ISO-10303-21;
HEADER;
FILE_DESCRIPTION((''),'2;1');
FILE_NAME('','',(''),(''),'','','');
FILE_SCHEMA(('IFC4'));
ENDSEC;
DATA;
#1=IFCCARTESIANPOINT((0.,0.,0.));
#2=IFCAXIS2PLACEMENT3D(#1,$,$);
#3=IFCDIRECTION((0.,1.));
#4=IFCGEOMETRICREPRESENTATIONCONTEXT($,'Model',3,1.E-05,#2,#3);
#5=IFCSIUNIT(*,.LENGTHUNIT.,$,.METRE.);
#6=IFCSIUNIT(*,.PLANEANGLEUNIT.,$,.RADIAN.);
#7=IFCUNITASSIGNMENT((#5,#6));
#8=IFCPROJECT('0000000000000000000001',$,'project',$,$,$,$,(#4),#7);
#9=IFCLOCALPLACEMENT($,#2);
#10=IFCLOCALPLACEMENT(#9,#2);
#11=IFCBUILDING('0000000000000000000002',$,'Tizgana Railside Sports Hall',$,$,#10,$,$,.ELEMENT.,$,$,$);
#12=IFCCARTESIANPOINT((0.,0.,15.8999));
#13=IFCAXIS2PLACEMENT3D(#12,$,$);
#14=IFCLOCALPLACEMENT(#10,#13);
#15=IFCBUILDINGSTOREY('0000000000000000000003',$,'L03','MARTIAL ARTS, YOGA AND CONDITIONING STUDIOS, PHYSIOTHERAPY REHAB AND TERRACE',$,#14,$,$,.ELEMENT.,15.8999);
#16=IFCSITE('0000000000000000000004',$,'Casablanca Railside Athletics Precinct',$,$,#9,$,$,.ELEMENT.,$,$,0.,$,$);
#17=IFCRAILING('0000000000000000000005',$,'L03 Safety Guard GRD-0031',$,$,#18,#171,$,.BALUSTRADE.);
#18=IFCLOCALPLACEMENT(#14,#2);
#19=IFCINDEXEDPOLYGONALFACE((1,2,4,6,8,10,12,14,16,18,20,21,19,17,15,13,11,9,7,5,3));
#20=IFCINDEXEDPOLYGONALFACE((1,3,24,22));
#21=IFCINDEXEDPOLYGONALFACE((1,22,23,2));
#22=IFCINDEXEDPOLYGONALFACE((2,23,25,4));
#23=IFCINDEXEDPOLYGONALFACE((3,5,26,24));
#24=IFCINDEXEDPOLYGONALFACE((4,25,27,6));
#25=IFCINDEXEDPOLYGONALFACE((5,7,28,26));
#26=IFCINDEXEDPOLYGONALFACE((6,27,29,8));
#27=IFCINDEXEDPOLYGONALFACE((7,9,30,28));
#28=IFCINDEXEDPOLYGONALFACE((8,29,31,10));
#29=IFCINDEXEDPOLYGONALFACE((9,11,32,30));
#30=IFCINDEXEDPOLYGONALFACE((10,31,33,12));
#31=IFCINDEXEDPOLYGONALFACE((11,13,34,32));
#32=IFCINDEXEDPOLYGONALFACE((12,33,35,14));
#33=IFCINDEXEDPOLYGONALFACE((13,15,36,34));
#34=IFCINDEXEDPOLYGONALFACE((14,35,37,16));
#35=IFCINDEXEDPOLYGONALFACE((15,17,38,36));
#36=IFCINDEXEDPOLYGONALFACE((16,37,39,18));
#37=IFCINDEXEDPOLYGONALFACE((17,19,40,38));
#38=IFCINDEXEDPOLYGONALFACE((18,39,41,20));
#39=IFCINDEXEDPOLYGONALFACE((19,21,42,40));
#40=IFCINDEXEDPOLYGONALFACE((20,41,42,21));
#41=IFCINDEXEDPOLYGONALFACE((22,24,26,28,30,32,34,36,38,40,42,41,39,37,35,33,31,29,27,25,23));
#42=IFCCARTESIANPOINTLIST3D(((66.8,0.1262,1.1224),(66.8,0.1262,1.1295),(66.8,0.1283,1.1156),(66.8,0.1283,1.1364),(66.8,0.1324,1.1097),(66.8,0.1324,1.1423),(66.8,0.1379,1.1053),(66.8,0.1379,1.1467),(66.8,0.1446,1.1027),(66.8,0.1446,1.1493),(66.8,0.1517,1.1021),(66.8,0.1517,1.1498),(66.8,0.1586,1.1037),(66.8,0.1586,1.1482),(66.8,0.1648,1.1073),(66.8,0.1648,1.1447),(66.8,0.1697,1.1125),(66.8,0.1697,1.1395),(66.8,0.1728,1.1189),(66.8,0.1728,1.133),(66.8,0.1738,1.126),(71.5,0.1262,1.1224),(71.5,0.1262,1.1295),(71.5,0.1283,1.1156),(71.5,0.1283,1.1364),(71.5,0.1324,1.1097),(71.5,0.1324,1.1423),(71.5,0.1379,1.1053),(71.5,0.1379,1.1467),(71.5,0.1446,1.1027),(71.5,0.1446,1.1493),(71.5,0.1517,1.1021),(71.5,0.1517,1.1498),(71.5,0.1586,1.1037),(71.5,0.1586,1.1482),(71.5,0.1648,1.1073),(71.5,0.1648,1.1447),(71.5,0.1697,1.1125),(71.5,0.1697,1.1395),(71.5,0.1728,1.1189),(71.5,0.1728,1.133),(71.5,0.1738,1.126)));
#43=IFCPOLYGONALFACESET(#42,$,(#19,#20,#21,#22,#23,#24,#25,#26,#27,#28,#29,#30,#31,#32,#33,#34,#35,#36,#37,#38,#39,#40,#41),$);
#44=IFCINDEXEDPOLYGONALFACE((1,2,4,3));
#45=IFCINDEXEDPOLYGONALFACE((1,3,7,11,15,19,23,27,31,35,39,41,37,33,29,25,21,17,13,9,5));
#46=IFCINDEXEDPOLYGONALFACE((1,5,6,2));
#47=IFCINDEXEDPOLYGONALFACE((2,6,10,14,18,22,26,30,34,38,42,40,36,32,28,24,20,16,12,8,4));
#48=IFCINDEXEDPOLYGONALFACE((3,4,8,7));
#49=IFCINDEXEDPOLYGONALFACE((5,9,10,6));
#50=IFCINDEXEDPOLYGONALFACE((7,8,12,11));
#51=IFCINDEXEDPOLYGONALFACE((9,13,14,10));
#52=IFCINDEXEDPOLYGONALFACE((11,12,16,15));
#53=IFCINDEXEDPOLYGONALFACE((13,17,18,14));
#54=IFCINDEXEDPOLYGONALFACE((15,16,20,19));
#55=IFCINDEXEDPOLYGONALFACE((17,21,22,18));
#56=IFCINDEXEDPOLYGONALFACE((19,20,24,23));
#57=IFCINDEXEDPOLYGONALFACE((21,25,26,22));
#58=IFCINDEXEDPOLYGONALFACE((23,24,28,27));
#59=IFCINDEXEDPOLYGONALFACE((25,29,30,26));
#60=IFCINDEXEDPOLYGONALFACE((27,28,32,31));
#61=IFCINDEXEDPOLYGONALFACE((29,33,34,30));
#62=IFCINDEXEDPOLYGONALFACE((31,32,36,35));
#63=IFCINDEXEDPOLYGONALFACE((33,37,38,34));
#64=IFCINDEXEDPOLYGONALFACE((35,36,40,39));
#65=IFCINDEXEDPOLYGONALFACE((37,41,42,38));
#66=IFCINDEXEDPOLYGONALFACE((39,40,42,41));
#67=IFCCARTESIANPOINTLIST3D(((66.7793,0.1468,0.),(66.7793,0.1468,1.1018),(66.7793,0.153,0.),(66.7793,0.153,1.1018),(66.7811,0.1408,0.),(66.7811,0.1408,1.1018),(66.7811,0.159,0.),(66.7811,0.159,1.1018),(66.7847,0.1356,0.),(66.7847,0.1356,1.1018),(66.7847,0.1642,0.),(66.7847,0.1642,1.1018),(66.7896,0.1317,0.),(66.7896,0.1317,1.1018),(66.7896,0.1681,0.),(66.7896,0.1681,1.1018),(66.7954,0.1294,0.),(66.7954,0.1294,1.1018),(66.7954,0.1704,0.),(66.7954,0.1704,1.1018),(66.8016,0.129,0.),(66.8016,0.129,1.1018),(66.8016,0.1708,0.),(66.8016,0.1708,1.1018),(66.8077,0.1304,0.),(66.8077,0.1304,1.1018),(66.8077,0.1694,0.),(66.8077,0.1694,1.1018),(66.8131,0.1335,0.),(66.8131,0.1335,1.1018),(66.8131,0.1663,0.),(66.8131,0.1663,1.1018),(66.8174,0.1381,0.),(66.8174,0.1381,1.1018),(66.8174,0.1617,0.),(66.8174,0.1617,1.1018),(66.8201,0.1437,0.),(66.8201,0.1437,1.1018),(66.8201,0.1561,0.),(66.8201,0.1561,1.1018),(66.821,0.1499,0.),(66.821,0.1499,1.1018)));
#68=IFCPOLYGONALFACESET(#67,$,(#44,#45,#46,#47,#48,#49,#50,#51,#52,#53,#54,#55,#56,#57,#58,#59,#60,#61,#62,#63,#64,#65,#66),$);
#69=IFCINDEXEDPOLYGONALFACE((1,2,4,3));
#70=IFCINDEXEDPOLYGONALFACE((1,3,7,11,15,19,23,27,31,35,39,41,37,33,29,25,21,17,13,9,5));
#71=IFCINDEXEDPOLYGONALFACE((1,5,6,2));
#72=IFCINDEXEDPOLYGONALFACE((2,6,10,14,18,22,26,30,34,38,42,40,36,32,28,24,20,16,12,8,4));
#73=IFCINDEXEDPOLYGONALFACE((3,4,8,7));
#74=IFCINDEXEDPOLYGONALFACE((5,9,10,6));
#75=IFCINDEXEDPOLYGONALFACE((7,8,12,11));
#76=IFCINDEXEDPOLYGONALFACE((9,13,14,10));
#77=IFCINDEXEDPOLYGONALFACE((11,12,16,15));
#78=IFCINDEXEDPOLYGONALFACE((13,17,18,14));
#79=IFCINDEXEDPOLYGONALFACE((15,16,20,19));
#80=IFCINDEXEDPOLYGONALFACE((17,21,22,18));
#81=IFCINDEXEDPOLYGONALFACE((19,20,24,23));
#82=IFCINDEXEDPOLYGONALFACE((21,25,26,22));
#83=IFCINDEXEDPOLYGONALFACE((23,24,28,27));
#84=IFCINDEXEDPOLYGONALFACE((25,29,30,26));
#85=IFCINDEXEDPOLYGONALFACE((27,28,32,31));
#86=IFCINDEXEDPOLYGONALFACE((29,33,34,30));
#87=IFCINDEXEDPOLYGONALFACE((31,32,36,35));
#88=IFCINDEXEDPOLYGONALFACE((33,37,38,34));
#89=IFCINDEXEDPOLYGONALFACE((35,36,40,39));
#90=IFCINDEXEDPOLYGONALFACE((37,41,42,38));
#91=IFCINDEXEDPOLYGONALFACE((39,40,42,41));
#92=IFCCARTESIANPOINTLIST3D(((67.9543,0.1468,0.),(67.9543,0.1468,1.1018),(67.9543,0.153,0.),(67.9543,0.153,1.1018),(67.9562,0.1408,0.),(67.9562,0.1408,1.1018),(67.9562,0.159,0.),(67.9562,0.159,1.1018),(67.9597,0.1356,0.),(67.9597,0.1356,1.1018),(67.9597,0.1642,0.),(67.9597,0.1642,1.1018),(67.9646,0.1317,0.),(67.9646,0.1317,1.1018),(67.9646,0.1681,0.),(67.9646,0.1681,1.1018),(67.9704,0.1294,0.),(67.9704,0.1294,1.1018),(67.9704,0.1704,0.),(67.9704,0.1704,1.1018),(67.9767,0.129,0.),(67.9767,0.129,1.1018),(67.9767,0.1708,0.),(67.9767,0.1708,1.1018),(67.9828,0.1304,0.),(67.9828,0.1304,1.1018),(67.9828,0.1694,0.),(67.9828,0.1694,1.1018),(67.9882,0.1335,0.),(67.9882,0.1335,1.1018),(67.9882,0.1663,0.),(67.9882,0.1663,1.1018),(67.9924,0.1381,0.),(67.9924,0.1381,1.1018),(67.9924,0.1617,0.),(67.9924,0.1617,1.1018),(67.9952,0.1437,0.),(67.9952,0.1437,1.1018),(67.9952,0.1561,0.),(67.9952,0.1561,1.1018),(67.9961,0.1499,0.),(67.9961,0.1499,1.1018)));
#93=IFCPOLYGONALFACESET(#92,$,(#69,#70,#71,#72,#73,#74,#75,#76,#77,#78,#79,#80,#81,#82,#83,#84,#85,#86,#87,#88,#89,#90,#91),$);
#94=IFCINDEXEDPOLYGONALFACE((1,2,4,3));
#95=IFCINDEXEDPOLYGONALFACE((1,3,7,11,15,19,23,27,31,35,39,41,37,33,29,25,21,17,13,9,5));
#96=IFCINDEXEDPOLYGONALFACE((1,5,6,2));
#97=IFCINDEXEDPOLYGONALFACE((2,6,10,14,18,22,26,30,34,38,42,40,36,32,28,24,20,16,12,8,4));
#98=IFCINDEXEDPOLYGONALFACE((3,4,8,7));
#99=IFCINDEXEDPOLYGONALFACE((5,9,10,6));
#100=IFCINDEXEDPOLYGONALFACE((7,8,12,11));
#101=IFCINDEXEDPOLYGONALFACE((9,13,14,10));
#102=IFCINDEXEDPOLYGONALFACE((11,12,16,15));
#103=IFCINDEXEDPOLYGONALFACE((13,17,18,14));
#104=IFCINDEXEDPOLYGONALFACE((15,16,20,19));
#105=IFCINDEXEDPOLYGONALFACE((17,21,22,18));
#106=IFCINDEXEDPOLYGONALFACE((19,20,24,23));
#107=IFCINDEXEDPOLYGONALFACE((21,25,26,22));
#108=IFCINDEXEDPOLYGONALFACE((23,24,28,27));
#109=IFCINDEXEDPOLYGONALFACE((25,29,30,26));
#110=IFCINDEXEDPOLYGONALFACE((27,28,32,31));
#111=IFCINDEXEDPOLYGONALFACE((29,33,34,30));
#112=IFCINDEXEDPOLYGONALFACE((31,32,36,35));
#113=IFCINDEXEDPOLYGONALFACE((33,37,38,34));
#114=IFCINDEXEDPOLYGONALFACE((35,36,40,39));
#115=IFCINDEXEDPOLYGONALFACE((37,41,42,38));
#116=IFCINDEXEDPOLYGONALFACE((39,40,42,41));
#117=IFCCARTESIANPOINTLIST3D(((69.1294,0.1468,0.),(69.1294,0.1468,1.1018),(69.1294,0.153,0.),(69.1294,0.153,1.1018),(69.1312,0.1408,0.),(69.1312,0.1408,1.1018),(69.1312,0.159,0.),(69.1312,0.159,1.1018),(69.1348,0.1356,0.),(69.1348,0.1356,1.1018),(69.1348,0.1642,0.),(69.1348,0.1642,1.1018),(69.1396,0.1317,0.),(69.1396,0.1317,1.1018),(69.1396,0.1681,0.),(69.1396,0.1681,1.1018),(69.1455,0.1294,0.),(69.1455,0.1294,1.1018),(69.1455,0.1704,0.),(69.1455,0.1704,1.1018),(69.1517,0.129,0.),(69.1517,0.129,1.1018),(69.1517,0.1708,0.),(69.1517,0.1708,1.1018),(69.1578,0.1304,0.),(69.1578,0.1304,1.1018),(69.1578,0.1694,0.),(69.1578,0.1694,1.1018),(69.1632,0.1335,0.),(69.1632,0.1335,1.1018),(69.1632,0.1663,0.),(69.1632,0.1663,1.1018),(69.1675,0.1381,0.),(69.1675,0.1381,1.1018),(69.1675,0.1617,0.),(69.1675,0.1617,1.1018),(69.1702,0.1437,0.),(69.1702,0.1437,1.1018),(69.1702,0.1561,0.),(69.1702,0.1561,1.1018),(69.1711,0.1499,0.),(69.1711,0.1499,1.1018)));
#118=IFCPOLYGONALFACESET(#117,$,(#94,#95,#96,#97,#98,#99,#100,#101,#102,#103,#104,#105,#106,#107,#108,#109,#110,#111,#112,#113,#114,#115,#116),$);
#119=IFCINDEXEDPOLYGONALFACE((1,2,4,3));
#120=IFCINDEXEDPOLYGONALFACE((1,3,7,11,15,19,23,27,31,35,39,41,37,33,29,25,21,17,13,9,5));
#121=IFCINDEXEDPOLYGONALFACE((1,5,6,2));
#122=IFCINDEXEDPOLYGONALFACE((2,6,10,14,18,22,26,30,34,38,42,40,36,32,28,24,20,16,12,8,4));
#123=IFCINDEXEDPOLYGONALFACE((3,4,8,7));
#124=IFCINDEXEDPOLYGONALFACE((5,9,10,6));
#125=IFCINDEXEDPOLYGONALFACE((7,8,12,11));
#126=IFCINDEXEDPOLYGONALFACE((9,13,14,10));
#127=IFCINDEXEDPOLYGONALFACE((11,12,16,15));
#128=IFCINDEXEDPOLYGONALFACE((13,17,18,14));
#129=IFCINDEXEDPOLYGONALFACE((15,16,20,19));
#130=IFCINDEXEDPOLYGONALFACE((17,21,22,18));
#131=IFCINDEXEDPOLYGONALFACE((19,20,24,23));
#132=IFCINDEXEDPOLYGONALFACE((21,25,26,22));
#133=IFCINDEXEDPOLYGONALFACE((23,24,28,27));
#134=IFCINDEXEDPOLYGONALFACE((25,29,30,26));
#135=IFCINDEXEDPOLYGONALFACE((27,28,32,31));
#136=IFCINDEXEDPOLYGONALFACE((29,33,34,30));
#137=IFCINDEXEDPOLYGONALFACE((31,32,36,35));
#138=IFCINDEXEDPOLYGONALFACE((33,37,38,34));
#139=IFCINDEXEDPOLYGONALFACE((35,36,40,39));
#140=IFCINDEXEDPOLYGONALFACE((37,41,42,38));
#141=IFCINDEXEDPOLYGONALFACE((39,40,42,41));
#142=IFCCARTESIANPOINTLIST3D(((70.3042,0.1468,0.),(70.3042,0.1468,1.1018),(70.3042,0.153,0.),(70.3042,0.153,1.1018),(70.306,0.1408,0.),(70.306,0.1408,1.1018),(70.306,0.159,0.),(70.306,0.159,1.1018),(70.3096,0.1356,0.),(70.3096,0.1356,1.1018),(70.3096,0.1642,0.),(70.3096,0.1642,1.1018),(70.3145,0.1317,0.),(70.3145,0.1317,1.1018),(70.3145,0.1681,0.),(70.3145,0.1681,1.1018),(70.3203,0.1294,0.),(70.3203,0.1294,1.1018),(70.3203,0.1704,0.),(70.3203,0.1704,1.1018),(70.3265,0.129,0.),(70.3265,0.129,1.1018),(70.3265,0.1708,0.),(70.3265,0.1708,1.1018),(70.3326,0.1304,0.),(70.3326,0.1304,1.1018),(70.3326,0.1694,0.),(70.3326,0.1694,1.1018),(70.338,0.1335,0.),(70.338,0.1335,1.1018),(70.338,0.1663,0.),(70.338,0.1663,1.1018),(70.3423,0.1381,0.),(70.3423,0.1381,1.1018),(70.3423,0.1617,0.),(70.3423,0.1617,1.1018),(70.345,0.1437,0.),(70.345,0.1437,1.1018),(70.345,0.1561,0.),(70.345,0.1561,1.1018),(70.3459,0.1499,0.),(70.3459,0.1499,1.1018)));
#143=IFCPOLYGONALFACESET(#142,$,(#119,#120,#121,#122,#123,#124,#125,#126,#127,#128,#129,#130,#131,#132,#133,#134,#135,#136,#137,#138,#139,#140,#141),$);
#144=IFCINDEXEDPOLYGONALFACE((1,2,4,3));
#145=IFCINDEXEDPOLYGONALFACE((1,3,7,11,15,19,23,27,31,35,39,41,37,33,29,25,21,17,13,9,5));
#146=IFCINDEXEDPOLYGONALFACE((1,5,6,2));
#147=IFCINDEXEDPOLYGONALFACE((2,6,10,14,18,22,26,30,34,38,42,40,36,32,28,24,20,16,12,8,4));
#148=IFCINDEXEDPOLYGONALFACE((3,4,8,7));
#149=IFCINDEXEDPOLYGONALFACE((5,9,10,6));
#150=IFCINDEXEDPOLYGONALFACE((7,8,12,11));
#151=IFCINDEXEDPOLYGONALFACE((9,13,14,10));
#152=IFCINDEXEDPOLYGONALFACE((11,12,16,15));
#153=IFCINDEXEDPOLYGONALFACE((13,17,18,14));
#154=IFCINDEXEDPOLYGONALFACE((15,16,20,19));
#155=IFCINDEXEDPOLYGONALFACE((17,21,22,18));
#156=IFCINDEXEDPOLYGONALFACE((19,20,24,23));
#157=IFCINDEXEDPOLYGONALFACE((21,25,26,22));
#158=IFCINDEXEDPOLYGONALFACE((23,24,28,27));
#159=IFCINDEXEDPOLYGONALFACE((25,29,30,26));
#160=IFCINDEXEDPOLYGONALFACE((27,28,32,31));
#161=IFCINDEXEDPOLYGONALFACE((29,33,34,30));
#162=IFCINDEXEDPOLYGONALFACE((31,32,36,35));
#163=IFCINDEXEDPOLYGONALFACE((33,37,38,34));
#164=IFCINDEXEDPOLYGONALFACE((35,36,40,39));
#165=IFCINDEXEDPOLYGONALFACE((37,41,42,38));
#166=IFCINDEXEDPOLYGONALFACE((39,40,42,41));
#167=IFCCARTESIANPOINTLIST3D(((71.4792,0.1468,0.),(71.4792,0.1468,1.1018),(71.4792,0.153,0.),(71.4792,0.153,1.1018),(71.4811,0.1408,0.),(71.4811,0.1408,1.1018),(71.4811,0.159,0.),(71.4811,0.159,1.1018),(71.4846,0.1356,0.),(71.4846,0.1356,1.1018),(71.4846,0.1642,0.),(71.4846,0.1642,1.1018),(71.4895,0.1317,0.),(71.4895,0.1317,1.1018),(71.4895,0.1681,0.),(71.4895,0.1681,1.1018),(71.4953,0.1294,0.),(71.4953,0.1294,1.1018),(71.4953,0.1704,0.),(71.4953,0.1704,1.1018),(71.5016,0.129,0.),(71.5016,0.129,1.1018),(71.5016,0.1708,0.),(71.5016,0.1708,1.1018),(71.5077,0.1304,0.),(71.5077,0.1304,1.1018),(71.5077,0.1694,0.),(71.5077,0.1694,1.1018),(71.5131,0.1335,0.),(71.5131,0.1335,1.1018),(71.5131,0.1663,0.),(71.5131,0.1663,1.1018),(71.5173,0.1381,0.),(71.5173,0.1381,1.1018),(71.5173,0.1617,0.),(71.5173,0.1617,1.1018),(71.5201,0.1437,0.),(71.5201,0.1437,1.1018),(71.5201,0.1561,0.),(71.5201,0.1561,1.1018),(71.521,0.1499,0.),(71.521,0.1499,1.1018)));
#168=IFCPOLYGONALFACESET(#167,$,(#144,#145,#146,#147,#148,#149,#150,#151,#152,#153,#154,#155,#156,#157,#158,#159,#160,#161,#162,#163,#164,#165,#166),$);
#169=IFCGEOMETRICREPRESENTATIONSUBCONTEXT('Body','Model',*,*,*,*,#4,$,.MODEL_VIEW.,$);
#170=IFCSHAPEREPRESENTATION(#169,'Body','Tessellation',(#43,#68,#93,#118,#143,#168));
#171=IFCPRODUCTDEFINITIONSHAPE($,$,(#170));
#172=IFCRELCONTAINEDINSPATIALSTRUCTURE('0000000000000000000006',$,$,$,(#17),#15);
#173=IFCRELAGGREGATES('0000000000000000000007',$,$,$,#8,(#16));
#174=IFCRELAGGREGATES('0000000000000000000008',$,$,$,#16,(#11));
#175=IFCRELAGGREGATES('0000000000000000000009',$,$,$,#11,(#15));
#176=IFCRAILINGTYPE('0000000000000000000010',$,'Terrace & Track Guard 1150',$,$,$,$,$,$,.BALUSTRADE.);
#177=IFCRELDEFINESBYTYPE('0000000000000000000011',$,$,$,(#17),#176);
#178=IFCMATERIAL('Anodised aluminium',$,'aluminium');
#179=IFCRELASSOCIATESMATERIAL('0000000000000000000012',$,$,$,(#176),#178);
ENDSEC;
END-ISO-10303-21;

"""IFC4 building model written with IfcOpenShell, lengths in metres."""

from ifc_helpers import new_model, si_unit, direction, frame, origin, origin_2d, place, context, subcontext, project, spatial, circle, extrude, material, type_object, element, save


model = new_model("IFC4")

# Units and contexts
model_context = context("Model", 3, precision=1e-05, world=origin(), true_north=direction((0.0, 1.0)))
body_context = subcontext(model_context, "Body", "Model", "MODEL_VIEW")
ifc_project = project(units=[si_unit("LENGTHUNIT", "METRE"), si_unit("PLANEANGLEUNIT", "RADIAN")], contexts=[model_context])

# Site, building, storey
site_placement = place(None, origin())
site = spatial("IfcSite", under=ifc_project, at=site_placement, Name="Casablanca Railside Athletics Precinct", CompositionType="ELEMENT", RefElevation=0.0)
building_placement = place(site_placement, origin())
building = spatial("IfcBuilding", under=site, at=building_placement, Name="Tizgana Railside Sports Hall", CompositionType="ELEMENT")
storey_placement = place(building_placement, frame((0.0, 0.0, 15.8999)))
storey = spatial("IfcBuildingStorey", under=building, at=storey_placement, Name="L03", Description="MARTIAL ARTS, YOGA AND CONDITIONING STUDIOS, PHYSIOTHERAPY REHAB AND TERRACE", CompositionType="ELEMENT", Elevation=15.8999)

# Railing
ifc_material_1 = material(Name="Anodised aluminium", Category="aluminium")
railing_type = type_object("IfcRailingType", Name="Terrace & Track Guard 1150", PredefinedType="BALUSTRADE", material=ifc_material_1)
railing_placement = place(storey_placement, frame((66.8, 0.1499, 0.0)))
element("IfcRailing", 1, at=railing_placement, inside=storey, type_object=railing_type, Name="L03 Safety Guard GRD-0031", PredefinedType="BALUSTRADE", context=body_context, shape_type="SweptSolid", body=[
    extrude(circle(Radius=0.0239, at=origin_2d()), frame((0.0, 0.0, 1.126), z_axis=(1.0, 0.0, 0.0), x_axis=(0.0, 1.0, 0.0)), (0.0, 0.0, 1.0), 4.7),
    extrude(circle(Radius=0.021, at=origin_2d()), origin(), (0.0, 0.0, 1.0), 1.1018),
    extrude(circle(Radius=0.021, at=origin_2d()), frame((1.175, 0.0, 0.0)), (0.0, 0.0, 1.0), 1.1018),
    extrude(circle(Radius=0.021, at=origin_2d()), frame((2.3501, 0.0, 0.0)), (0.0, 0.0, 1.0), 1.1018),
    extrude(circle(Radius=0.021, at=origin_2d()), frame((3.5249, 0.0, 0.0)), (0.0, 0.0, 1.0), 1.1018),
    extrude(circle(Radius=0.021, at=origin_2d()), frame((4.7, 0.0, 0.0)), (0.0, 0.0, 1.0), 1.1018),
])

save(model, "model.ifc")
